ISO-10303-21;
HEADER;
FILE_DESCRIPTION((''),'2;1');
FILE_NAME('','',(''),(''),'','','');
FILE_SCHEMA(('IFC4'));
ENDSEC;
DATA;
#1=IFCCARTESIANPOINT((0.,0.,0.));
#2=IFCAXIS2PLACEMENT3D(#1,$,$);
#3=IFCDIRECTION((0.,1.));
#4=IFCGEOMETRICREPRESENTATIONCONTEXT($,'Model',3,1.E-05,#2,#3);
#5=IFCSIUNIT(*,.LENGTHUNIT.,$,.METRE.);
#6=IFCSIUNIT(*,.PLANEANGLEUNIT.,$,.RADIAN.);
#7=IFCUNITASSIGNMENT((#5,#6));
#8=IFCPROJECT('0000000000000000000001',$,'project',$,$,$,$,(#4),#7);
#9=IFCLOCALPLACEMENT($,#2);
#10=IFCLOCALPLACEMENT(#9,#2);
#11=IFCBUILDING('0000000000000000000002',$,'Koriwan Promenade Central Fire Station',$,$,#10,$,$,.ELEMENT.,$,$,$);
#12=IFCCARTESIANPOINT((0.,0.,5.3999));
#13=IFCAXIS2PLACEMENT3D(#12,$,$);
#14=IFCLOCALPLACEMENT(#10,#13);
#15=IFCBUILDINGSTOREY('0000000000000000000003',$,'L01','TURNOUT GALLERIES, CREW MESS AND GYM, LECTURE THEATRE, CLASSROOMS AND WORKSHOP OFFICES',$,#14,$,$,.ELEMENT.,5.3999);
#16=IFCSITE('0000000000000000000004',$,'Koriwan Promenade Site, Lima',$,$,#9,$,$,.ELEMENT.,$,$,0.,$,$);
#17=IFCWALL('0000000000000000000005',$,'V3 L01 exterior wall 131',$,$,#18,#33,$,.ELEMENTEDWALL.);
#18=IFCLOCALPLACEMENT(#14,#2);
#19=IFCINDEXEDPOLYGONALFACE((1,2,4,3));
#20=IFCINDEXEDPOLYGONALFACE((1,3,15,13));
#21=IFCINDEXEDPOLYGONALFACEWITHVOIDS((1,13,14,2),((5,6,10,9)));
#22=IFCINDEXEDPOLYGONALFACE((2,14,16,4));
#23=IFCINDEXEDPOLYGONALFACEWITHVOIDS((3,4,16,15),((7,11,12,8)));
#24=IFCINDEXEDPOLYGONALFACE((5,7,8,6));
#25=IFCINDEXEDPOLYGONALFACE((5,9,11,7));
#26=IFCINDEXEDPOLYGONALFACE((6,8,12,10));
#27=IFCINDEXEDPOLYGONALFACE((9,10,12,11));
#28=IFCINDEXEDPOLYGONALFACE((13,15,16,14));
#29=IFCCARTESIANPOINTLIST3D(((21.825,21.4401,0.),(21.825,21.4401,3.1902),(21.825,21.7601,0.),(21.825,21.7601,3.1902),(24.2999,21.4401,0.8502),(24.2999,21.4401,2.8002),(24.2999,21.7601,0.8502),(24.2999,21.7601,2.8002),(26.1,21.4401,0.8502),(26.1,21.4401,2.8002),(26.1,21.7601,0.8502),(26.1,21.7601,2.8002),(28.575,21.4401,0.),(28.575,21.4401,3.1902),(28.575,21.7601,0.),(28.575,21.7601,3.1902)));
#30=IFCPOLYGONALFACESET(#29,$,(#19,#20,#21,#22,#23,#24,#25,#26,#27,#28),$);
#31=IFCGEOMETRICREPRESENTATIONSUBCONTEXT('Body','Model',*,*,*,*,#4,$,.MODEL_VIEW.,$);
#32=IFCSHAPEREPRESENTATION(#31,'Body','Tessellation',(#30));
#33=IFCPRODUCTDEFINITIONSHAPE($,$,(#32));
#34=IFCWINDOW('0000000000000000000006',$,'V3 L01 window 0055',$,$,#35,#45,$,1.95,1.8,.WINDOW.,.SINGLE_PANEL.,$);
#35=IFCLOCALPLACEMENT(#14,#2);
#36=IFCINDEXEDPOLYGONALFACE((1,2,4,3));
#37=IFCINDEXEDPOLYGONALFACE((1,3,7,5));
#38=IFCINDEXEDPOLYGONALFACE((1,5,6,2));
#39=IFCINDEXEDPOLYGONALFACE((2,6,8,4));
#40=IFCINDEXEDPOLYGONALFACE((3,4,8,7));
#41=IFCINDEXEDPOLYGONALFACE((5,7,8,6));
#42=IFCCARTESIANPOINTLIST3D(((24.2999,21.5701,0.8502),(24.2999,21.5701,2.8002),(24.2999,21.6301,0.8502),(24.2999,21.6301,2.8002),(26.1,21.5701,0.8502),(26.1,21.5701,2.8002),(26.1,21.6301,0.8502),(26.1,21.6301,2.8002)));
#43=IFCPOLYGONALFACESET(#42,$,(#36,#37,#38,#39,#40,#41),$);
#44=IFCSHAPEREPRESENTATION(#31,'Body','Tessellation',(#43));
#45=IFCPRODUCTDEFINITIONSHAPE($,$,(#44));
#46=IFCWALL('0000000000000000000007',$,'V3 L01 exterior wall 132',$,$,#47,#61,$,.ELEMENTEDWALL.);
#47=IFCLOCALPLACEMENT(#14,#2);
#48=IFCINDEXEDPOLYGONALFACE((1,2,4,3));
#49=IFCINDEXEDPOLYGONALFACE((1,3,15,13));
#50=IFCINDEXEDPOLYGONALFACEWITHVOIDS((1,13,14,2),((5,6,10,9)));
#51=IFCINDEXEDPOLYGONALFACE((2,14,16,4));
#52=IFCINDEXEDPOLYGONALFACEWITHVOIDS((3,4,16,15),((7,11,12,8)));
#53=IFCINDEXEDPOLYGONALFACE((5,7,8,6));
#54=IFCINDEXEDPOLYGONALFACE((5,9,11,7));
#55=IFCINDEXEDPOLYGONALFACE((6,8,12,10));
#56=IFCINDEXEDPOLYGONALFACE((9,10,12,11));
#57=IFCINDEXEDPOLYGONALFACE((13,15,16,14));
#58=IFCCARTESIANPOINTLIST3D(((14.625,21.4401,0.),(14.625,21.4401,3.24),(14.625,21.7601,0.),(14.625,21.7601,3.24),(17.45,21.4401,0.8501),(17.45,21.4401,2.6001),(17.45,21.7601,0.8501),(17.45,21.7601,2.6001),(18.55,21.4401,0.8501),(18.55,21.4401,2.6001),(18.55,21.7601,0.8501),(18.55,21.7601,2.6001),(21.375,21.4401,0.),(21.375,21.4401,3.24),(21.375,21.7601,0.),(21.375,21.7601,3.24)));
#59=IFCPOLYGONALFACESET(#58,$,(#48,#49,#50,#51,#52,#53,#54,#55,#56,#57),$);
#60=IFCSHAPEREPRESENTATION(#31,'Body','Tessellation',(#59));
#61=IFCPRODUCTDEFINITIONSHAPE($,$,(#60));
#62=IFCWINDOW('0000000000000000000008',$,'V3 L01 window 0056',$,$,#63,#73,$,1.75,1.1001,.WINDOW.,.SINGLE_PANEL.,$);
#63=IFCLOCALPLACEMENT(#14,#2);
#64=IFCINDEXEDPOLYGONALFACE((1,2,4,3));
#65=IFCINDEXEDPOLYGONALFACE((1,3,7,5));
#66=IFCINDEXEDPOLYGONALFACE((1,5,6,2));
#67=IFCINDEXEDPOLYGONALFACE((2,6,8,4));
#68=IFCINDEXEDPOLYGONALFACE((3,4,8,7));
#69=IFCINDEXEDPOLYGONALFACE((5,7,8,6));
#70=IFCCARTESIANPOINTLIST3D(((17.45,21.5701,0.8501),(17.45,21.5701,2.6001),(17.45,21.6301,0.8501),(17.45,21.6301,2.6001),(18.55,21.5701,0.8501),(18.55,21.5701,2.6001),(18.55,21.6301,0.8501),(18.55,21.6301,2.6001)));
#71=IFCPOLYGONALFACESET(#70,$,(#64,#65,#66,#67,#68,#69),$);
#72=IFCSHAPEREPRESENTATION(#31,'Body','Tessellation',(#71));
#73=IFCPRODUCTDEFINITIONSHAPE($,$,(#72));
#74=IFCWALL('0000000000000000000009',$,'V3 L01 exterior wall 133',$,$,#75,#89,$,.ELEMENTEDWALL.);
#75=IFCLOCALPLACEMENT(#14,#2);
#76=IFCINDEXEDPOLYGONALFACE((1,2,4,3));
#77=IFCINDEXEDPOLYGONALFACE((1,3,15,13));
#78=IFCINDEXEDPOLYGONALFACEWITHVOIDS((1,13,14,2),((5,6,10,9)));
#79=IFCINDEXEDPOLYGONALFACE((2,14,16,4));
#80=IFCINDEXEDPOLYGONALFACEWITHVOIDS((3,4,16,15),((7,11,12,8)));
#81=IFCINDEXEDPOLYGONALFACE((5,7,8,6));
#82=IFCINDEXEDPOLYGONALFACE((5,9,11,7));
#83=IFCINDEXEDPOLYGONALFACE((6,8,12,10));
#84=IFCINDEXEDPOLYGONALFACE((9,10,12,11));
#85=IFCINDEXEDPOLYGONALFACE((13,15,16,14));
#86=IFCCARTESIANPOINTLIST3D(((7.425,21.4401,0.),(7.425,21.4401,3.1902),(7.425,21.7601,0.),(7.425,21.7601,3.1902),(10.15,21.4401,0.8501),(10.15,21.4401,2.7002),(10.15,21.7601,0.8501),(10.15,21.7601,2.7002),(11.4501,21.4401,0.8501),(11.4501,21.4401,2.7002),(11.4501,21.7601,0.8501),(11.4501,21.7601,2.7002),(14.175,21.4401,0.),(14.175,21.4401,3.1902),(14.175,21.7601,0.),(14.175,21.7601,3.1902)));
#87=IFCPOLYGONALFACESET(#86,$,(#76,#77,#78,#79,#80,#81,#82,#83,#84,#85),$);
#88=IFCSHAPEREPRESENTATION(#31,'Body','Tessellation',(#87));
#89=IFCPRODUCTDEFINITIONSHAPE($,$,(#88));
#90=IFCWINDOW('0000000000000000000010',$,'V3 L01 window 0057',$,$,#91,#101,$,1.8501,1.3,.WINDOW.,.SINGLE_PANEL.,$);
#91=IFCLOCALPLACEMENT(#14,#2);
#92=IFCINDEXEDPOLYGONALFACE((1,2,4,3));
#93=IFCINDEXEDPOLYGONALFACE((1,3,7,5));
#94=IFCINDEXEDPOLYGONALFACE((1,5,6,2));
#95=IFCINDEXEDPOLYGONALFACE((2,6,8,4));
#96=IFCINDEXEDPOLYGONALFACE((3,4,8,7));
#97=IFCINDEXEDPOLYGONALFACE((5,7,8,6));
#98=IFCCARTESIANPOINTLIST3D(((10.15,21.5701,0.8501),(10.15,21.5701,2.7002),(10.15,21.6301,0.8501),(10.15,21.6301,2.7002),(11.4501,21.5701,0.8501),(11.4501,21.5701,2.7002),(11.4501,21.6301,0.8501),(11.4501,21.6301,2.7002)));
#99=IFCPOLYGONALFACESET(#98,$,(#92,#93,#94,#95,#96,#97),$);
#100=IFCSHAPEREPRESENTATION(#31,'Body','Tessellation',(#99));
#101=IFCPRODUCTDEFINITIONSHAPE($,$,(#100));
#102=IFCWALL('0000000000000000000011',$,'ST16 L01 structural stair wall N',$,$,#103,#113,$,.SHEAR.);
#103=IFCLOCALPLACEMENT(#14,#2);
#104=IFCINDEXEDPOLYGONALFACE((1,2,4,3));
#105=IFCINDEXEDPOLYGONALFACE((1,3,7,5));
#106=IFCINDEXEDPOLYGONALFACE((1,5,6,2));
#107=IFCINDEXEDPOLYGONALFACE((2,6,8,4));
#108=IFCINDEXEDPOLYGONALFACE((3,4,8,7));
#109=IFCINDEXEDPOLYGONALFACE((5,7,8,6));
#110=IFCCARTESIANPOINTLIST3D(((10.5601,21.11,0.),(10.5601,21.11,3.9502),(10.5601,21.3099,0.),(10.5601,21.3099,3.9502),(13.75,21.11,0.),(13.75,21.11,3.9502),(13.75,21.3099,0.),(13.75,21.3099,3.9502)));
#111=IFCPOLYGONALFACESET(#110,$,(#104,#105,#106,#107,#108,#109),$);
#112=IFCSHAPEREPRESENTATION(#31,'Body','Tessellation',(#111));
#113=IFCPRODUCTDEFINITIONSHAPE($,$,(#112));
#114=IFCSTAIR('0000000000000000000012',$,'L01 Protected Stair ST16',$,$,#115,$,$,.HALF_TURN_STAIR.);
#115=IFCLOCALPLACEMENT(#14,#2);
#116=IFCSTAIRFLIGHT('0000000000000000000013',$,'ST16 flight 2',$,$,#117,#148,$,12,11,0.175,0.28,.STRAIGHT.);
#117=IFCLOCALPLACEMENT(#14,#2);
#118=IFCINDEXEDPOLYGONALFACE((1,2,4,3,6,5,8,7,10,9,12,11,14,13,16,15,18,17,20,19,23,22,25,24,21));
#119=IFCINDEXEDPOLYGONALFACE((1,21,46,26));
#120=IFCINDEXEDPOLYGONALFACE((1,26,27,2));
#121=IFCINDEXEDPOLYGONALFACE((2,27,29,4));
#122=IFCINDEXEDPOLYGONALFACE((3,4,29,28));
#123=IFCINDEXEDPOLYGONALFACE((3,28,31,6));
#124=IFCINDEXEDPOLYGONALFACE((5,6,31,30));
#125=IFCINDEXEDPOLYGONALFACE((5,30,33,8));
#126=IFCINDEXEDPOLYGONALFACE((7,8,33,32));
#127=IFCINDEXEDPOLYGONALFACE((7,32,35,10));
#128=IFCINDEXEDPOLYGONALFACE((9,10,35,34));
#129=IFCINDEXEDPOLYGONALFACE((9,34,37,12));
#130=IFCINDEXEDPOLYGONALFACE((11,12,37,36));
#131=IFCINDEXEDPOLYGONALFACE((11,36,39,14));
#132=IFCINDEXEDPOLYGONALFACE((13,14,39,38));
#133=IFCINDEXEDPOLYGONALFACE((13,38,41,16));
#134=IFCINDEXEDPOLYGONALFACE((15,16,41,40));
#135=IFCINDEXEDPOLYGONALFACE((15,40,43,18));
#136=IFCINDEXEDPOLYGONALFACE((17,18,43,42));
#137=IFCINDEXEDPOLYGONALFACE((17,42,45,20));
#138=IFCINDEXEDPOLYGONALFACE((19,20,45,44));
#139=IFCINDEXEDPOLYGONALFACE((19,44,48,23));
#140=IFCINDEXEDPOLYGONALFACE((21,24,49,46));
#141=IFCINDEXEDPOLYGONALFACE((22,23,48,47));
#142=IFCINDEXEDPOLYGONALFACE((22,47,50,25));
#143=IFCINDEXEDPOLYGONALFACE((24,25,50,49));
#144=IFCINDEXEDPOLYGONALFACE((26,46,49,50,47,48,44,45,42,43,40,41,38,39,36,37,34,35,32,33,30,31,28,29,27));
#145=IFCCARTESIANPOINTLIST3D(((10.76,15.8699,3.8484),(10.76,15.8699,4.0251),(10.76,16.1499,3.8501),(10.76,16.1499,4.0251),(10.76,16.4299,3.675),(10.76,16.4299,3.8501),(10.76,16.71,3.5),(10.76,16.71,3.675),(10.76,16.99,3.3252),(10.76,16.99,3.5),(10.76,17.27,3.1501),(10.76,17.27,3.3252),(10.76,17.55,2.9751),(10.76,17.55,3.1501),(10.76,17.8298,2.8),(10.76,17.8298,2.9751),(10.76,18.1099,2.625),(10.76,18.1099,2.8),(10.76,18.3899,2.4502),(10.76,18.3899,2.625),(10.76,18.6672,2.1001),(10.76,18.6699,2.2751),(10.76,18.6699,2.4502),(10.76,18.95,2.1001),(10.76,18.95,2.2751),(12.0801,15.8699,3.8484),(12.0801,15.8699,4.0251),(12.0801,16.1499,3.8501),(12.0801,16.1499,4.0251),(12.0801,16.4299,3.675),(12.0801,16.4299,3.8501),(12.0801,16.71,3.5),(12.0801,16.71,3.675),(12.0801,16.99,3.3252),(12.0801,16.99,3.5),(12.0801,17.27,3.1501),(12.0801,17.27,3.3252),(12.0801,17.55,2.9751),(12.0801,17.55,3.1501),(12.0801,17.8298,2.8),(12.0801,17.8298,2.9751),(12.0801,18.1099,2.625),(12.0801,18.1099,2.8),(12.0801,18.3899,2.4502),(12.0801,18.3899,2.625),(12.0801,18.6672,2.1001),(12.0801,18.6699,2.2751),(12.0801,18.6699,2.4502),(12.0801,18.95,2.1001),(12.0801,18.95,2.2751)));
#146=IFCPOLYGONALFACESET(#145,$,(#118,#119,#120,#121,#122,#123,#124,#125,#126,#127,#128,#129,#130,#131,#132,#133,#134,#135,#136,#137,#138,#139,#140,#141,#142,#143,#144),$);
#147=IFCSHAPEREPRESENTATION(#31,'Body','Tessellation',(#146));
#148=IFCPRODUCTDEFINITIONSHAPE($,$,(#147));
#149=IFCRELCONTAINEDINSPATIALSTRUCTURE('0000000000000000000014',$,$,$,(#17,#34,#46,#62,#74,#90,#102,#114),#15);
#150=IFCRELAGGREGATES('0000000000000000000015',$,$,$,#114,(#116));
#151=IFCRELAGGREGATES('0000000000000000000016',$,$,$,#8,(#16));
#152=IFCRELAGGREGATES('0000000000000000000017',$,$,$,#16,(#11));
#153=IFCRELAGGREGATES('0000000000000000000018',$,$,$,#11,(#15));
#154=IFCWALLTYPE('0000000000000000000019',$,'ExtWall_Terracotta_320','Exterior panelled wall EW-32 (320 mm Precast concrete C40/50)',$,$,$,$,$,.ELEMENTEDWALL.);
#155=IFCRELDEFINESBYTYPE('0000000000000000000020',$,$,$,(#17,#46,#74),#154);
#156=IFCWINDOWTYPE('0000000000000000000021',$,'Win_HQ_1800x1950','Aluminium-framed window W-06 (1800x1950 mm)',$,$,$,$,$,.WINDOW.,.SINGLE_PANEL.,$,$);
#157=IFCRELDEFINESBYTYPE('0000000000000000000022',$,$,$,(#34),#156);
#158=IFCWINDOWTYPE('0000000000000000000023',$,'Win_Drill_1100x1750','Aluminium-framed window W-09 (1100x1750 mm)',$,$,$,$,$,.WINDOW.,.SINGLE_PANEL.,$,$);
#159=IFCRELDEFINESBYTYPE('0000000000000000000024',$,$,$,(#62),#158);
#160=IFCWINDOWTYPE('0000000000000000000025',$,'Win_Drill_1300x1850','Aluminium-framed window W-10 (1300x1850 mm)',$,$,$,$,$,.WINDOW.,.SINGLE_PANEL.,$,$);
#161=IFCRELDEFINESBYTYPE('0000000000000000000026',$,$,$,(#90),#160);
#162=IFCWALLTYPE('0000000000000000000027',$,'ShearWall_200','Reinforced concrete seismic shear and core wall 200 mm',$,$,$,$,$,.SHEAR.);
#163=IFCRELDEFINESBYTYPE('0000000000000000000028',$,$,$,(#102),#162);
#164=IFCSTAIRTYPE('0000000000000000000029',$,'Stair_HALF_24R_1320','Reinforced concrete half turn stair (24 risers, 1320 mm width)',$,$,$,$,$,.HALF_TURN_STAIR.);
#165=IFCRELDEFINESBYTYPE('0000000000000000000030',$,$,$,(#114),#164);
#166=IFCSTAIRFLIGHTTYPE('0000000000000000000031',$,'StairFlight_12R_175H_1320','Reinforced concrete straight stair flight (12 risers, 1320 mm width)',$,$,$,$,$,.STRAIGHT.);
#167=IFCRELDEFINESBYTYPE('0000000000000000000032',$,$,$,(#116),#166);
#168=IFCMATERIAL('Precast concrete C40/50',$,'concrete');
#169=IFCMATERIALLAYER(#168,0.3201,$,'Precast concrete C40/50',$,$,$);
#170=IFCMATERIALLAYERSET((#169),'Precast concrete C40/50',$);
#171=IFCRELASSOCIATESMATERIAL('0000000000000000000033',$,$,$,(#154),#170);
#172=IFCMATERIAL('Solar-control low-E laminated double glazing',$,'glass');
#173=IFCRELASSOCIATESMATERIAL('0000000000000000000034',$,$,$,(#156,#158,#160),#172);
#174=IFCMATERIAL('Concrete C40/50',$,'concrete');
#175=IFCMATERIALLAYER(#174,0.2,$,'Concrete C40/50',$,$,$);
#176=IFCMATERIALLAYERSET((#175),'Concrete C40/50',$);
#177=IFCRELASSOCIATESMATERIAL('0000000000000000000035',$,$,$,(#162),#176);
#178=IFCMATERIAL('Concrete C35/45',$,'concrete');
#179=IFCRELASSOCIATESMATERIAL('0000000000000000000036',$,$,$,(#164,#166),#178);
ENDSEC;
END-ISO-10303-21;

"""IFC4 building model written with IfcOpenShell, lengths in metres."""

from ifc_helpers import new_model, si_unit, direction, frame, frame_2d, origin, place, context, subcontext, project, spatial, polyline, rectangle, outline, extrude, material, layer, layer_set, type_object, element, fill, aggregate, save


model = new_model("IFC4")

# Units and contexts
model_context = context("Model", 3, precision=1e-05, world=origin(), true_north=direction((0.0, 1.0)))
body_context = subcontext(model_context, "Body", "Model", "MODEL_VIEW")
ifc_project = project(units=[si_unit("LENGTHUNIT", "METRE"), si_unit("PLANEANGLEUNIT", "RADIAN")], contexts=[model_context])

# Site, building, storey
site_placement = place(None, origin())
site = spatial("IfcSite", under=ifc_project, at=site_placement, Name="Koriwan Promenade Site, Lima", CompositionType="ELEMENT", RefElevation=0.0)
building_placement = place(site_placement, origin())
building = spatial("IfcBuilding", under=site, at=building_placement, Name="Koriwan Promenade Central Fire Station", CompositionType="ELEMENT")
storey_placement = place(building_placement, frame((0.0, 0.0, 5.3999)))
storey = spatial("IfcBuildingStorey", under=building, at=storey_placement, Name="L01", Description="TURNOUT GALLERIES, CREW MESS AND GYM, LECTURE THEATRE, CLASSROOMS AND WORKSHOP OFFICES", CompositionType="ELEMENT", Elevation=5.3999)

# Shared definitions
ifc_material_1 = material(Name="Concrete C40/50", Category="concrete")

# Shared definitions
ifc_material_2 = material(Name="Concrete C35/45", Category="concrete")

# Walls, openings, windows
ifc_material_3 = material(Name="Precast concrete C40/50", Category="concrete")
ifc_layer_1 = layer(ifc_material_3, 0.3201, Name="Precast concrete C40/50")
ifc_layer_set_1 = layer_set([ifc_layer_1], Name="Precast concrete C40/50")
wall_type_1 = type_object("IfcWallType", Name="ExtWall_Terracotta_320", Description="Exterior panelled wall EW-32 (320 mm Precast concrete C40/50)", PredefinedType="ELEMENTEDWALL", material=ifc_layer_set_1)
wall_1_placement = place(storey_placement, frame((28.575, 21.6001, 0.0), z_axis=(0.0, 0.0, 1.0), x_axis=(-1.0, 0.0, 0.0)))
wall_1 = element("IfcWall", 1, at=wall_1_placement, inside=storey, type_object=wall_type_1, Name="V3 L01 exterior wall 131", PredefinedType="ELEMENTEDWALL", context=body_context, shape_type="SweptSolid", body=[
    extrude(rectangle(XDim=6.75, YDim=0.3201, at=frame_2d((3.375, 0.0))), origin(), (0.0, 0.0, 1.0), 3.1902),
])
opening_1_placement = place(wall_1_placement, frame((2.4751, 0.0, 0.8501)))
opening_1 = element("IfcOpeningElement", 2, at=opening_1_placement, cuts=wall_1, PredefinedType="OPENING", context=body_context, shape_type="SweptSolid", body=[
    extrude(rectangle(XDim=1.8, YDim=1.95, at=frame_2d((0.8999, 0.9751))), frame((0.0, 0.1719, 0.0), z_axis=(0.0, -1.0, 0.0), x_axis=(1.0, 0.0, 0.0)), (0.0, 0.0, 1.0), 0.344),
])
ifc_material_4 = material(Name="Solar-control low-E laminated double glazing", Category="glass")
window_type_1 = type_object("IfcWindowType", Name="Win_HQ_1800x1950", Description="Aluminium-framed window W-06 (1800x1950 mm)", PartitioningType="SINGLE_PANEL", PredefinedType="WINDOW", material=ifc_material_4)
window_1_placement = place(opening_1_placement, origin())
window_1 = element("IfcWindow", 3, at=window_1_placement, inside=storey, type_object=window_type_1, Name="V3 L01 window 0055", OverallHeight=1.95, OverallWidth=1.8, PartitioningType="SINGLE_PANEL", PredefinedType="WINDOW", context=body_context, shape_type="SweptSolid", body=[
    extrude(rectangle(XDim=1.8, YDim=1.95, at=frame_2d((0.8999, 0.9751))), frame((0.0, 0.03, 0.0), z_axis=(0.0, -1.0, 0.0), x_axis=(1.0, 0.0, 0.0)), (0.0, 0.0, 1.0), 0.0601),
])
fill(opening_1, window_1)
wall_2_placement = place(storey_placement, frame((21.375, 21.6001, 0.0), z_axis=(0.0, 0.0, 1.0), x_axis=(-1.0, 0.0, 0.0)))
wall_2 = element("IfcWall", 4, at=wall_2_placement, inside=storey, type_object=wall_type_1, Name="V3 L01 exterior wall 132", PredefinedType="ELEMENTEDWALL", context=body_context, shape_type="SweptSolid", body=[
    extrude(rectangle(XDim=6.75, YDim=0.3201, at=frame_2d((3.375, 0.0))), origin(), (0.0, 0.0, 1.0), 3.24),
])
opening_2_placement = place(wall_2_placement, frame((2.825, 0.0, 0.8501)))
opening_2 = element("IfcOpeningElement", 5, at=opening_2_placement, cuts=wall_2, PredefinedType="OPENING", context=body_context, shape_type="SweptSolid", body=[
    extrude(rectangle(XDim=1.1001, YDim=1.75, at=frame_2d((0.55, 0.875))), frame((0.0, 0.1719, 0.0), z_axis=(0.0, -1.0, 0.0), x_axis=(1.0, 0.0, 0.0)), (0.0, 0.0, 1.0), 0.344),
])
window_type_2 = type_object("IfcWindowType", Name="Win_Drill_1100x1750", Description="Aluminium-framed window W-09 (1100x1750 mm)", PartitioningType="SINGLE_PANEL", PredefinedType="WINDOW", material=ifc_material_4)
window_2_placement = place(opening_2_placement, origin())
window_2 = element("IfcWindow", 6, at=window_2_placement, inside=storey, type_object=window_type_2, Name="V3 L01 window 0056", OverallHeight=1.75, OverallWidth=1.1001, PartitioningType="SINGLE_PANEL", PredefinedType="WINDOW", context=body_context, shape_type="SweptSolid", body=[
    extrude(rectangle(XDim=1.1001, YDim=1.75, at=frame_2d((0.55, 0.875))), frame((0.0, 0.03, 0.0), z_axis=(0.0, -1.0, 0.0), x_axis=(1.0, 0.0, 0.0)), (0.0, 0.0, 1.0), 0.0601),
])
fill(opening_2, window_2)
wall_3_placement = place(storey_placement, frame((14.175, 21.6001, 0.0), z_axis=(0.0, 0.0, 1.0), x_axis=(-1.0, 0.0, 0.0)))
wall_3 = element("IfcWall", 7, at=wall_3_placement, inside=storey, type_object=wall_type_1, Name="V3 L01 exterior wall 133", PredefinedType="ELEMENTEDWALL", context=body_context, shape_type="SweptSolid", body=[
    extrude(rectangle(XDim=6.75, YDim=0.3201, at=frame_2d((3.375, 0.0))), origin(), (0.0, 0.0, 1.0), 3.1902),
])
opening_3_placement = place(wall_3_placement, frame((2.7251, 0.0, 0.8501)))
opening_3 = element("IfcOpeningElement", 8, at=opening_3_placement, cuts=wall_3, PredefinedType="OPENING", context=body_context, shape_type="SweptSolid", body=[
    extrude(rectangle(XDim=1.3, YDim=1.8501, at=frame_2d((0.6499, 0.925))), frame((0.0, 0.1719, 0.0), z_axis=(0.0, -1.0, 0.0), x_axis=(1.0, 0.0, 0.0)), (0.0, 0.0, 1.0), 0.344),
])
window_type_3 = type_object("IfcWindowType", Name="Win_Drill_1300x1850", Description="Aluminium-framed window W-10 (1300x1850 mm)", PartitioningType="SINGLE_PANEL", PredefinedType="WINDOW", material=ifc_material_4)
window_3_placement = place(opening_3_placement, origin())
window_3 = element("IfcWindow", 9, at=window_3_placement, inside=storey, type_object=window_type_3, Name="V3 L01 window 0057", OverallHeight=1.8501, OverallWidth=1.3, PartitioningType="SINGLE_PANEL", PredefinedType="WINDOW", context=body_context, shape_type="SweptSolid", body=[
    extrude(rectangle(XDim=1.3, YDim=1.8501, at=frame_2d((0.6499, 0.925))), frame((0.0, 0.03, 0.0), z_axis=(0.0, -1.0, 0.0), x_axis=(1.0, 0.0, 0.0)), (0.0, 0.0, 1.0), 0.0601),
])
fill(opening_3, window_3)

# Wall
ifc_layer_2 = layer(ifc_material_1, 0.2, Name="Concrete C40/50")
ifc_layer_set_2 = layer_set([ifc_layer_2], Name="Concrete C40/50")
wall_type_2 = type_object("IfcWallType", Name="ShearWall_200", Description="Reinforced concrete seismic shear and core wall 200 mm", PredefinedType="SHEAR", material=ifc_layer_set_2)
wall_4_placement = place(storey_placement, frame((10.5601, 21.21, 0.0), z_axis=(0.0, 0.0, 1.0), x_axis=(1.0, 0.0, 0.0)))
element("IfcWall", 10, at=wall_4_placement, inside=storey, type_object=wall_type_2, Name="ST16 L01 structural stair wall N", PredefinedType="SHEAR", context=body_context, shape_type="SweptSolid", body=[
    extrude(rectangle(XDim=3.1899, YDim=0.2, at=frame_2d((1.595, 0.0))), origin(), (0.0, 0.0, 1.0), 3.9502),
])

# Stair, stair flight
stair_type = type_object("IfcStairType", Name="Stair_HALF_24R_1320", Description="Reinforced concrete half turn stair (24 risers, 1320 mm width)", PredefinedType="HALF_TURN_STAIR", material=ifc_material_2)
stair_placement = place(storey_placement, origin())
stair = element("IfcStair", 11, at=stair_placement, inside=storey, type_object=stair_type, Name="L01 Protected Stair ST16", PredefinedType="HALF_TURN_STAIR")
stair_flight_type = type_object("IfcStairFlightType", Name="StairFlight_12R_175H_1320", Description="Reinforced concrete straight stair flight (12 risers, 1320 mm width)", PredefinedType="STRAIGHT", material=ifc_material_2)
stair_flight_placement = place(storey_placement, frame((11.4199, 18.95, 2.1001), z_axis=(0.0, 0.0, 1.0), x_axis=(0.0, -1.0, 0.0)))
stair_flight = element("IfcStairFlight", 12, at=stair_flight_placement, type_object=stair_flight_type, Name="ST16 flight 2", NumberOfRisers=12, NumberOfTreads=11, PredefinedType="STRAIGHT", RiserHeight=0.175, TreadLength=0.28, context=body_context, shape_type="SweptSolid", body=[
    extrude(outline(polyline([(0.0, 0.0), (0.0, 0.175), (0.28, 0.175), (0.28, 0.3501), (0.5601, 0.3501), (0.5601, 0.5249), (0.8401, 0.5249), (0.8401, 0.7), (1.1201, 0.7), (1.1201, 0.875), (1.3999, 0.875), (1.3999, 1.05), (1.6799, 1.05), (1.6799, 1.2251), (1.96, 1.2251), (1.96, 1.3999), (2.24, 1.3999), (2.24, 1.575), (2.52, 1.575), (2.52, 1.75), (2.8, 1.75), (2.8, 1.925), (3.0801, 1.925), (3.0801, 2.1001), (3.0801, 1.7483), (0.2827, 0.0), (0.0, 0.0)])), frame((0.0, 0.6602, 0.0), z_axis=(0.0, -1.0, 0.0), x_axis=(1.0, 0.0, 0.0)), (0.0, 0.0, 1.0), 1.3201),
])
aggregate(stair, [stair_flight])

save(model, "model.ifc")
